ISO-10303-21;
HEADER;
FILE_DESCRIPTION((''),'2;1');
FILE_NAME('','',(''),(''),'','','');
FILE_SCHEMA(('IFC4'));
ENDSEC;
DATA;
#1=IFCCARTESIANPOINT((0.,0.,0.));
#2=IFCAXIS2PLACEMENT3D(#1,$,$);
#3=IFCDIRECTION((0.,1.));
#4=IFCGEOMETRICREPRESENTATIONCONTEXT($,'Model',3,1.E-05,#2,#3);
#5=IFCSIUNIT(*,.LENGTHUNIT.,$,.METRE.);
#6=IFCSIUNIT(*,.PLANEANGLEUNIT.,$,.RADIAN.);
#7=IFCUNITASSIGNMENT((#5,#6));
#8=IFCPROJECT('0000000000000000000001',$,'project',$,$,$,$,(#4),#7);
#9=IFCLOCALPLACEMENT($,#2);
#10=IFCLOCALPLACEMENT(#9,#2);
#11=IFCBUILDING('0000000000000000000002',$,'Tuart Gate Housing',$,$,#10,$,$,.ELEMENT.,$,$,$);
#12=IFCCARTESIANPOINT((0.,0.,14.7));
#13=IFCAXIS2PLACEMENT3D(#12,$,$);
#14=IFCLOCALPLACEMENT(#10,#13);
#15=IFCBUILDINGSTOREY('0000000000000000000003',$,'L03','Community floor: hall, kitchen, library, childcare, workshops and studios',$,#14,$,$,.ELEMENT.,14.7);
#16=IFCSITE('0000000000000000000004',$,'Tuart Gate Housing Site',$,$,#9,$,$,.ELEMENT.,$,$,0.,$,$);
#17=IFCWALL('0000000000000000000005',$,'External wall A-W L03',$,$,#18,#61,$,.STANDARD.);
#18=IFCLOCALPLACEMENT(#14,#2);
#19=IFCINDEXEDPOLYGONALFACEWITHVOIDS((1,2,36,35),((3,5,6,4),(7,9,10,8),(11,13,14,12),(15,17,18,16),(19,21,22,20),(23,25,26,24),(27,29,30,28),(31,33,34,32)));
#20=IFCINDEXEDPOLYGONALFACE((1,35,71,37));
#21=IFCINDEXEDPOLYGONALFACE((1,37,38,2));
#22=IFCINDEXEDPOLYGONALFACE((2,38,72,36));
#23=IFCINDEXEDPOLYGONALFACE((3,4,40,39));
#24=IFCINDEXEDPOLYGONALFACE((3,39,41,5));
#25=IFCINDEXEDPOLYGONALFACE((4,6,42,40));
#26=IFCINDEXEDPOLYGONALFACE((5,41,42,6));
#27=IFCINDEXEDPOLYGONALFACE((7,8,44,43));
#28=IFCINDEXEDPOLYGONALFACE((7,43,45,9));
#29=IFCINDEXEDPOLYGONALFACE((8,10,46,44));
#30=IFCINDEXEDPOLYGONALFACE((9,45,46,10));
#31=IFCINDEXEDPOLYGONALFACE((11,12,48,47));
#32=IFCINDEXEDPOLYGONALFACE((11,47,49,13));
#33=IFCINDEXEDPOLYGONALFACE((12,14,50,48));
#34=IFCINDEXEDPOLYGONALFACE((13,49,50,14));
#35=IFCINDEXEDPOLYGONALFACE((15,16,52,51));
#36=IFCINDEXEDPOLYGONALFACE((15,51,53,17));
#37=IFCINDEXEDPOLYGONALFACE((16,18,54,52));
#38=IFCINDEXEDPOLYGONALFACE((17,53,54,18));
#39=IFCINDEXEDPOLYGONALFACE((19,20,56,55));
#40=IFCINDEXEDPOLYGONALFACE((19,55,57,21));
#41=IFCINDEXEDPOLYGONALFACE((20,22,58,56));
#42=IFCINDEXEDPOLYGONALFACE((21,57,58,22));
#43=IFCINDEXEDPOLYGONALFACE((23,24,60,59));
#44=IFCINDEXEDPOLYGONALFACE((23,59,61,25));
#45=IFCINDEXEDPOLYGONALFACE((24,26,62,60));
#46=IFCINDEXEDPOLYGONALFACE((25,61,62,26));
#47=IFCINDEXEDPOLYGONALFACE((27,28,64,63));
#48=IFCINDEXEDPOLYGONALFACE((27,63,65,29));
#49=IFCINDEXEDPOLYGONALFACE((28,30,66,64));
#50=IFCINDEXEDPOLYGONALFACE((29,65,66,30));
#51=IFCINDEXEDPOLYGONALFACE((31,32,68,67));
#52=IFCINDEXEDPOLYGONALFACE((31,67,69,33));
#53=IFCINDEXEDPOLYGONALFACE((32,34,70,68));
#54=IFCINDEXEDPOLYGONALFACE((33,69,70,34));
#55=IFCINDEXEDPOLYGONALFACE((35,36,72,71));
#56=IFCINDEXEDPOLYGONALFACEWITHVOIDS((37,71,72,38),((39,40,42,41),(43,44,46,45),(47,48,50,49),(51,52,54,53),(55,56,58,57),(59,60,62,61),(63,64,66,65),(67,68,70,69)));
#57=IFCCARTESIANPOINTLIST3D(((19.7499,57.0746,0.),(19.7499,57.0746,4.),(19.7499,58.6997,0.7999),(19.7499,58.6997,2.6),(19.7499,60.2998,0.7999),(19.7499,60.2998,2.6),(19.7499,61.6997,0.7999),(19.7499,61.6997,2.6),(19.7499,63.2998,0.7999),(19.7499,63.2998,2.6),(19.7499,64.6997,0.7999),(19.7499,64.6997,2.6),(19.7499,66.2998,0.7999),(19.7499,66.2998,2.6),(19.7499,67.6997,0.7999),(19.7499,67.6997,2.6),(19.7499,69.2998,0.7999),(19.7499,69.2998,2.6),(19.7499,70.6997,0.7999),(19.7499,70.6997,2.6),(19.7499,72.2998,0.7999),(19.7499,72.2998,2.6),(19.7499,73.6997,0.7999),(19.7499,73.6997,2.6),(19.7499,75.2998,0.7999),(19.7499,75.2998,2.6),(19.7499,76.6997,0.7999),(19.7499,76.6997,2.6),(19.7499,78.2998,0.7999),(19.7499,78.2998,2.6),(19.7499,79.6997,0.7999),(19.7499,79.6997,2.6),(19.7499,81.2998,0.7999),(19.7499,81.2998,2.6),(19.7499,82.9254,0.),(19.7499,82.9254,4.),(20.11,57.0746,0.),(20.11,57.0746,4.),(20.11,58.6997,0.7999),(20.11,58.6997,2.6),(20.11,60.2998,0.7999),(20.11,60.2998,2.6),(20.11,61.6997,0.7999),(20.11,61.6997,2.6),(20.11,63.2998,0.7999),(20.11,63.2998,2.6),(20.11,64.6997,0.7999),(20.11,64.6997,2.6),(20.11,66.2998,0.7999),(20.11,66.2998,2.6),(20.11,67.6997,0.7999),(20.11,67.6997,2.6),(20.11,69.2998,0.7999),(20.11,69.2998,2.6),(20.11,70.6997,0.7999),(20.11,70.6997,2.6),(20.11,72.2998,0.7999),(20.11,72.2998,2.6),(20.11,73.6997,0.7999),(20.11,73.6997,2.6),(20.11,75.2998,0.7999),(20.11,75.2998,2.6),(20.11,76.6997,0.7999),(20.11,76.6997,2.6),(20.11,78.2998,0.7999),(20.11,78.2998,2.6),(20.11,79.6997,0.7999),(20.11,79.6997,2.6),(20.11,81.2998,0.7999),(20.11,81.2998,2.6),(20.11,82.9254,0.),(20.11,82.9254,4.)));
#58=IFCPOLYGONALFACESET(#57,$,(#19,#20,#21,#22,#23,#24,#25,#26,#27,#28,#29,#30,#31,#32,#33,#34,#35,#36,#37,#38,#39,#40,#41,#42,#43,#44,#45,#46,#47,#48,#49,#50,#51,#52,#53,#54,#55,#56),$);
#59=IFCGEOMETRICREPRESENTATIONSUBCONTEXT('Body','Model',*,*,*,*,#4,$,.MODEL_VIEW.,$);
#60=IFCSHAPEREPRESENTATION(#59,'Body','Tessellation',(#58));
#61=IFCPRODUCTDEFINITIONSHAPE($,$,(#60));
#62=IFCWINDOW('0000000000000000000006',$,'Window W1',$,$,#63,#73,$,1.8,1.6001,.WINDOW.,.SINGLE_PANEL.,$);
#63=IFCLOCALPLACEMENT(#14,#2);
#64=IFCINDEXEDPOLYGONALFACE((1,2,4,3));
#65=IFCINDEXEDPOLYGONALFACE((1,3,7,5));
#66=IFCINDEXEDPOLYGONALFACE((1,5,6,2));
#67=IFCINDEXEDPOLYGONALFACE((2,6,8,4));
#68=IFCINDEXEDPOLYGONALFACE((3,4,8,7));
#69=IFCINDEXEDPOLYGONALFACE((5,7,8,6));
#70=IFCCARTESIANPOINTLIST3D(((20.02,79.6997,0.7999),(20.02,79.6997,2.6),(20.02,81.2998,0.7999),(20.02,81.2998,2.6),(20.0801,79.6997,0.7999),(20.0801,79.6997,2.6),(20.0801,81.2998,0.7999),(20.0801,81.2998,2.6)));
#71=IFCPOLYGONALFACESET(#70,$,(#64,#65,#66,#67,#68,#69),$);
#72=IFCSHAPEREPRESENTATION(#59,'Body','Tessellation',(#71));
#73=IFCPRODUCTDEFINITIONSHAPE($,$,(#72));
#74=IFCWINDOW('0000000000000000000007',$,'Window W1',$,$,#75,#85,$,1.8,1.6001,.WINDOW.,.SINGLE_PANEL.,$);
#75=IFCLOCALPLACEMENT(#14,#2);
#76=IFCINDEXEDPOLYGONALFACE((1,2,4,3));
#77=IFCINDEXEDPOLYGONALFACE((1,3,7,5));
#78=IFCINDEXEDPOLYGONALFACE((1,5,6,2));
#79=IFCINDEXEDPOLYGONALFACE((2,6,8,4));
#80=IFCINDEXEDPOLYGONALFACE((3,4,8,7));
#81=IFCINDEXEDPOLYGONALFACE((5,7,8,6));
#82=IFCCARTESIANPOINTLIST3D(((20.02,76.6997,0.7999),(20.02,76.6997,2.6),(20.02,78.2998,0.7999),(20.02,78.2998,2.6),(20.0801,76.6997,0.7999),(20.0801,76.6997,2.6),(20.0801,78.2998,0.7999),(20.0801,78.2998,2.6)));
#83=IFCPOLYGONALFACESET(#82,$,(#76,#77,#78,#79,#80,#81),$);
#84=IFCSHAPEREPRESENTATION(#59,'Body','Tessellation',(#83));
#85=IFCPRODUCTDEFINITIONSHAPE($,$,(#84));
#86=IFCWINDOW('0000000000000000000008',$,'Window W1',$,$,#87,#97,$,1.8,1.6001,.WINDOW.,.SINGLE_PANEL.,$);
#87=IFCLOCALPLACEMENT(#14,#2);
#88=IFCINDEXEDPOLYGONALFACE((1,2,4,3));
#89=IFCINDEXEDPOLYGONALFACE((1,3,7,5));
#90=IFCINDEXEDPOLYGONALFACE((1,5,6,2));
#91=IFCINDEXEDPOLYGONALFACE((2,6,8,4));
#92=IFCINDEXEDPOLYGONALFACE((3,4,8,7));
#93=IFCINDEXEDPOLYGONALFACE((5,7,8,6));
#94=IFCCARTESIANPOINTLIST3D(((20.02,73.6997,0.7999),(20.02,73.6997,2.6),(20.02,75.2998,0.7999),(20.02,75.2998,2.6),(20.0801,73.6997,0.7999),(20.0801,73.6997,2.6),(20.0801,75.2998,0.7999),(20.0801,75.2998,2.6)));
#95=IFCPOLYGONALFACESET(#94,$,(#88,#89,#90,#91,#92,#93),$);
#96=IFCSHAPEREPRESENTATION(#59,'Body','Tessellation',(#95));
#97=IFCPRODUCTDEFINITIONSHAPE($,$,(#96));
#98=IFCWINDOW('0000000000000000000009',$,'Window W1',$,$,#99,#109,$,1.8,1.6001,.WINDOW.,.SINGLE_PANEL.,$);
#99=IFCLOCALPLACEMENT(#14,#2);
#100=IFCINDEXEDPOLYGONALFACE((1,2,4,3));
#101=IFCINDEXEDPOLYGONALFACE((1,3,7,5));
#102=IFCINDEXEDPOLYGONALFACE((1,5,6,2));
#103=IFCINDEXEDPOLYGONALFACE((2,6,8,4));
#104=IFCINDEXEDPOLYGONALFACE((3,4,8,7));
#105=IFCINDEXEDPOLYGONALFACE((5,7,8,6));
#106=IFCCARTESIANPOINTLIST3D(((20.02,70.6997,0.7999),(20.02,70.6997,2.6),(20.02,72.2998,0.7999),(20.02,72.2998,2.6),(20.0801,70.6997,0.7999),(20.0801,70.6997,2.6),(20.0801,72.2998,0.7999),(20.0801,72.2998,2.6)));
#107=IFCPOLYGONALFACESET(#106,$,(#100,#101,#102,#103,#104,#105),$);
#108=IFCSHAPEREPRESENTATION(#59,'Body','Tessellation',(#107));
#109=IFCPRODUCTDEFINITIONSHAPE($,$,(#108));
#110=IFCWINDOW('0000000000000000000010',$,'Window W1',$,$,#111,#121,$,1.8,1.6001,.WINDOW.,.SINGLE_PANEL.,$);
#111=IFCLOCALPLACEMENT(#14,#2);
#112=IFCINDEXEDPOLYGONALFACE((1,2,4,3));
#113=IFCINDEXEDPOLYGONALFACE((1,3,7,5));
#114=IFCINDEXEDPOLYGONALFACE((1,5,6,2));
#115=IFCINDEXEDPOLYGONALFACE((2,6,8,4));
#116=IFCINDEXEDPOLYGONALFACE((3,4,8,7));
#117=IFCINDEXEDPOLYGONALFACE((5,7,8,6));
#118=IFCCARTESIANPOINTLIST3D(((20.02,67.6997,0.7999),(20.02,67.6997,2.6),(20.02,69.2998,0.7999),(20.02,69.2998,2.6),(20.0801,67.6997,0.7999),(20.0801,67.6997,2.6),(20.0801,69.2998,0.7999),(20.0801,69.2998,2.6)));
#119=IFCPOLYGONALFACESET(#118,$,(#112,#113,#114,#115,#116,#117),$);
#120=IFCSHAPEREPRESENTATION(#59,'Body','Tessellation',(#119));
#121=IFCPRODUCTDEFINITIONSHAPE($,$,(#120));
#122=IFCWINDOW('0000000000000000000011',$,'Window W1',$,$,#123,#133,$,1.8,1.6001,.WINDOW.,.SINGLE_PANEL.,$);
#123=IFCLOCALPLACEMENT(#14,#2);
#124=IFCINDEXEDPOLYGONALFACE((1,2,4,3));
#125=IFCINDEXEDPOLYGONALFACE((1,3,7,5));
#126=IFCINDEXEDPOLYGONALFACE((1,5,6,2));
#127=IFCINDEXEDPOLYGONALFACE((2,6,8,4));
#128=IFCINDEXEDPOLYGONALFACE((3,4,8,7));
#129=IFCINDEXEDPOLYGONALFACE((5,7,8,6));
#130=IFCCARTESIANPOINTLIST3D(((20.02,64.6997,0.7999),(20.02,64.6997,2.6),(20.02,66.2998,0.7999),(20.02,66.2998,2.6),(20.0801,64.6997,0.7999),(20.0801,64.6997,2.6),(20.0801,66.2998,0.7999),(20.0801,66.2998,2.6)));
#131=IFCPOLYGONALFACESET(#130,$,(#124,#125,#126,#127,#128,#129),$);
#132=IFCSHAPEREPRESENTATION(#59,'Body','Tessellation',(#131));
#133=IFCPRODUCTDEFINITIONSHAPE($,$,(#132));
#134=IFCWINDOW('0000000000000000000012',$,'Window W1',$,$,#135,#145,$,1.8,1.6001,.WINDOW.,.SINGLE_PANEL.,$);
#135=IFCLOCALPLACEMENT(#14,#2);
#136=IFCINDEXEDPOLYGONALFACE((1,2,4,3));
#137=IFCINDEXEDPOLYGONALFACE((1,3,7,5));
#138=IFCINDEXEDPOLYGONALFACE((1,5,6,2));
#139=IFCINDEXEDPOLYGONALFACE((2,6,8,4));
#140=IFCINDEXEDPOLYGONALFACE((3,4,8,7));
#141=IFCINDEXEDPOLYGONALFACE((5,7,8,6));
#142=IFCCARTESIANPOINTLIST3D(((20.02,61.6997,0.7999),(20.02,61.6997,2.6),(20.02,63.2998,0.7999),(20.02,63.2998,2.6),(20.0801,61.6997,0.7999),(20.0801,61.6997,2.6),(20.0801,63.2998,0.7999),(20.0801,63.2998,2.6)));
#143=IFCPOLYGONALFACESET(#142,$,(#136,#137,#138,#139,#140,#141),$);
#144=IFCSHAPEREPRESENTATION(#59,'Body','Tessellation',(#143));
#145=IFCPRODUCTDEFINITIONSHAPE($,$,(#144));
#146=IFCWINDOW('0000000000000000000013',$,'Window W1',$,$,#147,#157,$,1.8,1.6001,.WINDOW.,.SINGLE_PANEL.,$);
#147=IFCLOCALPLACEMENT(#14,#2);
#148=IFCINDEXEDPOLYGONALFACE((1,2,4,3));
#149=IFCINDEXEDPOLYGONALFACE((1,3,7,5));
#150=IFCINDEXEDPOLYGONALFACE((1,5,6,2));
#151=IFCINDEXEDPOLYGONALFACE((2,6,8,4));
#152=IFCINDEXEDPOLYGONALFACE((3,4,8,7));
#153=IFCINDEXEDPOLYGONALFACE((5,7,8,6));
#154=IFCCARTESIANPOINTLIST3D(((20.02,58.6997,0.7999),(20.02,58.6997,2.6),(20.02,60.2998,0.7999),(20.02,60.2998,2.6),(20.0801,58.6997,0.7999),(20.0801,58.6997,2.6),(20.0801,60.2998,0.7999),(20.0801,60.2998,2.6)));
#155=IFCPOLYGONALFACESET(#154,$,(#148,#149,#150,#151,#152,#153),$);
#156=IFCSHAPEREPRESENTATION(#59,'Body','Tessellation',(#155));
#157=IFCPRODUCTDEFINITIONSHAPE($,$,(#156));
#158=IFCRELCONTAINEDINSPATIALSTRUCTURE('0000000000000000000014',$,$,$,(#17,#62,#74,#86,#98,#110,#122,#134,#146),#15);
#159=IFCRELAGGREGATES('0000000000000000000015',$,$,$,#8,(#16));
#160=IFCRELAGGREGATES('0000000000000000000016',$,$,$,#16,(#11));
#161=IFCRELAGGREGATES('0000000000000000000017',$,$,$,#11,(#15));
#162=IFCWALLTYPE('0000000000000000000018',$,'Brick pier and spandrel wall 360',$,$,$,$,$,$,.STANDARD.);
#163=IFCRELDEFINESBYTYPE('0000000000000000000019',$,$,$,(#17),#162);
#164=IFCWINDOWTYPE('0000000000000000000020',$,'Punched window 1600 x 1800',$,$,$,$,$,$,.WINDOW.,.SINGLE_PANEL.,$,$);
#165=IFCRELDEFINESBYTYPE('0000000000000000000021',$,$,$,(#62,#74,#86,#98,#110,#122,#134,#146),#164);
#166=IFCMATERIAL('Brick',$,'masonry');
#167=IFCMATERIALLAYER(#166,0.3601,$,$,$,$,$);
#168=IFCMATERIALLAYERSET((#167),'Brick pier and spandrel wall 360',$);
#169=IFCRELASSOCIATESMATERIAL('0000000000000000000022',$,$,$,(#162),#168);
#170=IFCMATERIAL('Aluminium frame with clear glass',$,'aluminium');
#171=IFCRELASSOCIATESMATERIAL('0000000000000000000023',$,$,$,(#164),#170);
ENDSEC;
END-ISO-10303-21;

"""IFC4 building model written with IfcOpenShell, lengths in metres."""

from ifc_helpers import new_model, si_unit, direction, frame, frame_2d, origin, place, context, subcontext, project, spatial, rectangle, extrude, material, layer, layer_set, type_object, element, fill, save


model = new_model("IFC4")

# Units and contexts
model_context = context("Model", 3, precision=1e-05, world=origin(), true_north=direction((0.0, 1.0)))
body_context = subcontext(model_context, "Body", "Model", "MODEL_VIEW")
ifc_project = project(units=[si_unit("LENGTHUNIT", "METRE"), si_unit("PLANEANGLEUNIT", "RADIAN")], contexts=[model_context])

# Site, building, storey
site_placement = place(None, origin())
site = spatial("IfcSite", under=ifc_project, at=site_placement, Name="Tuart Gate Housing Site", CompositionType="ELEMENT", RefElevation=0.0)
building_placement = place(site_placement, origin())
building = spatial("IfcBuilding", under=site, at=building_placement, Name="Tuart Gate Housing", CompositionType="ELEMENT")
storey_placement = place(building_placement, frame((0.0, 0.0, 14.7)))
storey = spatial("IfcBuildingStorey", under=building, at=storey_placement, Name="L03", Description="Community floor: hall, kitchen, library, childcare, workshops and studios", CompositionType="ELEMENT", Elevation=14.7)

# Wall, openings, windows
ifc_material_1 = material(Name="Brick", Category="masonry")
ifc_layer_1 = layer(ifc_material_1, 0.3601)
ifc_layer_set_1 = layer_set([ifc_layer_1], Name="Brick pier and spandrel wall 360")
wall_type_1 = type_object("IfcWallType", Name="Brick pier and spandrel wall 360", PredefinedType="STANDARD", material=ifc_layer_set_1)
wall_1_placement = place(storey_placement, frame((19.9299, 82.9253, 0.0), z_axis=(0.0, 0.0, 1.0), x_axis=(0.0, -1.0, 0.0)))
wall_1 = element("IfcWall", 1, at=wall_1_placement, inside=storey, type_object=wall_type_1, Name="External wall A-W L03", PredefinedType="STANDARD", context=body_context, shape_type="SweptSolid", body=[
    extrude(rectangle(XDim=25.8508, YDim=0.3601, at=frame_2d((12.9253, 0.0))), origin(), (0.0, 0.0, 1.0), 4.0),
])
opening_1_placement = place(wall_1_placement, frame((1.6255, 0.0, 0.8)))
opening_1 = element("IfcOpeningElement", 2, at=opening_1_placement, cuts=wall_1, PredefinedType="OPENING", context=body_context, shape_type="SweptSolid", body=[
    extrude(rectangle(XDim=1.6001, YDim=1.8, at=frame_2d((0.8, 0.8999))), frame((0.0, 0.1899, 0.0), z_axis=(0.0, -1.0, 0.0), x_axis=(1.0, 0.0, 0.0)), (0.0, 0.0, 1.0), 0.3801),
])
opening_2_placement = place(wall_1_placement, frame((4.6255, 0.0, 0.8)))
opening_2 = element("IfcOpeningElement", 3, at=opening_2_placement, cuts=wall_1, PredefinedType="OPENING", context=body_context, shape_type="SweptSolid", body=[
    extrude(rectangle(XDim=1.6001, YDim=1.8, at=frame_2d((0.8, 0.8999))), frame((0.0, 0.1899, 0.0), z_axis=(0.0, -1.0, 0.0), x_axis=(1.0, 0.0, 0.0)), (0.0, 0.0, 1.0), 0.3801),
])
opening_3_placement = place(wall_1_placement, frame((7.6255, 0.0, 0.8)))
opening_3 = element("IfcOpeningElement", 4, at=opening_3_placement, cuts=wall_1, PredefinedType="OPENING", context=body_context, shape_type="SweptSolid", body=[
    extrude(rectangle(XDim=1.6001, YDim=1.8, at=frame_2d((0.8, 0.8999))), frame((0.0, 0.1899, 0.0), z_axis=(0.0, -1.0, 0.0), x_axis=(1.0, 0.0, 0.0)), (0.0, 0.0, 1.0), 0.3801),
])
opening_4_placement = place(wall_1_placement, frame((10.6255, 0.0, 0.8)))
opening_4 = element("IfcOpeningElement", 5, at=opening_4_placement, cuts=wall_1, PredefinedType="OPENING", context=body_context, shape_type="SweptSolid", body=[
    extrude(rectangle(XDim=1.6001, YDim=1.8, at=frame_2d((0.8, 0.8999))), frame((0.0, 0.1899, 0.0), z_axis=(0.0, -1.0, 0.0), x_axis=(1.0, 0.0, 0.0)), (0.0, 0.0, 1.0), 0.3801),
])
opening_5_placement = place(wall_1_placement, frame((13.6255, 0.0, 0.8)))
opening_5 = element("IfcOpeningElement", 6, at=opening_5_placement, cuts=wall_1, PredefinedType="OPENING", context=body_context, shape_type="SweptSolid", body=[
    extrude(rectangle(XDim=1.6001, YDim=1.8, at=frame_2d((0.8, 0.8999))), frame((0.0, 0.1899, 0.0), z_axis=(0.0, -1.0, 0.0), x_axis=(1.0, 0.0, 0.0)), (0.0, 0.0, 1.0), 0.3801),
])
opening_6_placement = place(wall_1_placement, frame((16.6255, 0.0, 0.8)))
opening_6 = element("IfcOpeningElement", 7, at=opening_6_placement, cuts=wall_1, PredefinedType="OPENING", context=body_context, shape_type="SweptSolid", body=[
    extrude(rectangle(XDim=1.6001, YDim=1.8, at=frame_2d((0.8, 0.8999))), frame((0.0, 0.1899, 0.0), z_axis=(0.0, -1.0, 0.0), x_axis=(1.0, 0.0, 0.0)), (0.0, 0.0, 1.0), 0.3801),
])
opening_7_placement = place(wall_1_placement, frame((19.6255, 0.0, 0.8)))
opening_7 = element("IfcOpeningElement", 8, at=opening_7_placement, cuts=wall_1, PredefinedType="OPENING", context=body_context, shape_type="SweptSolid", body=[
    extrude(rectangle(XDim=1.6001, YDim=1.8, at=frame_2d((0.8, 0.8999))), frame((0.0, 0.1899, 0.0), z_axis=(0.0, -1.0, 0.0), x_axis=(1.0, 0.0, 0.0)), (0.0, 0.0, 1.0), 0.3801),
])
opening_8_placement = place(wall_1_placement, frame((22.6255, 0.0, 0.8)))
opening_8 = element("IfcOpeningElement", 9, at=opening_8_placement, cuts=wall_1, PredefinedType="OPENING", context=body_context, shape_type="SweptSolid", body=[
    extrude(rectangle(XDim=1.6001, YDim=1.8, at=frame_2d((0.8, 0.8999))), frame((0.0, 0.1899, 0.0), z_axis=(0.0, -1.0, 0.0), x_axis=(1.0, 0.0, 0.0)), (0.0, 0.0, 1.0), 0.3801),
])
ifc_material_2 = material(Name="Aluminium frame with clear glass", Category="aluminium")
window_type = type_object("IfcWindowType", Name="Punched window 1600 x 1800", PartitioningType="SINGLE_PANEL", PredefinedType="WINDOW", material=ifc_material_2)
window_1_placement = place(opening_1_placement, origin())
window_1 = element("IfcWindow", 10, at=window_1_placement, inside=storey, type_object=window_type, Name="Window W1", OverallHeight=1.8, OverallWidth=1.6001, PartitioningType="SINGLE_PANEL", PredefinedType="WINDOW", context=body_context, shape_type="SweptSolid", body=[
    extrude(rectangle(XDim=1.6001, YDim=1.8, at=frame_2d((0.8, 0.8999))), frame((0.0, 0.1501, 0.0), z_axis=(0.0, -1.0, 0.0), x_axis=(1.0, 0.0, 0.0)), (0.0, 0.0, 1.0), 0.0601),
])
fill(opening_1, window_1)
window_2_placement = place(opening_2_placement, origin())
window_2 = element("IfcWindow", 11, at=window_2_placement, inside=storey, type_object=window_type, Name="Window W1", OverallHeight=1.8, OverallWidth=1.6001, PartitioningType="SINGLE_PANEL", PredefinedType="WINDOW", context=body_context, shape_type="SweptSolid", body=[
    extrude(rectangle(XDim=1.6001, YDim=1.8, at=frame_2d((0.8, 0.8999))), frame((0.0, 0.1501, 0.0), z_axis=(0.0, -1.0, 0.0), x_axis=(1.0, 0.0, 0.0)), (0.0, 0.0, 1.0), 0.0601),
])
fill(opening_2, window_2)
window_3_placement = place(opening_3_placement, origin())
window_3 = element("IfcWindow", 12, at=window_3_placement, inside=storey, type_object=window_type, Name="Window W1", OverallHeight=1.8, OverallWidth=1.6001, PartitioningType="SINGLE_PANEL", PredefinedType="WINDOW", context=body_context, shape_type="SweptSolid", body=[
    extrude(rectangle(XDim=1.6001, YDim=1.8, at=frame_2d((0.8, 0.8999))), frame((0.0, 0.1501, 0.0), z_axis=(0.0, -1.0, 0.0), x_axis=(1.0, 0.0, 0.0)), (0.0, 0.0, 1.0), 0.0601),
])
fill(opening_3, window_3)
window_4_placement = place(opening_4_placement, origin())
window_4 = element("IfcWindow", 13, at=window_4_placement, inside=storey, type_object=window_type, Name="Window W1", OverallHeight=1.8, OverallWidth=1.6001, PartitioningType="SINGLE_PANEL", PredefinedType="WINDOW", context=body_context, shape_type="SweptSolid", body=[
    extrude(rectangle(XDim=1.6001, YDim=1.8, at=frame_2d((0.8, 0.8999))), frame((0.0, 0.1501, 0.0), z_axis=(0.0, -1.0, 0.0), x_axis=(1.0, 0.0, 0.0)), (0.0, 0.0, 1.0), 0.0601),
])
fill(opening_4, window_4)
window_5_placement = place(opening_5_placement, origin())
window_5 = element("IfcWindow", 14, at=window_5_placement, inside=storey, type_object=window_type, Name="Window W1", OverallHeight=1.8, OverallWidth=1.6001, PartitioningType="SINGLE_PANEL", PredefinedType="WINDOW", context=body_context, shape_type="SweptSolid", body=[
    extrude(rectangle(XDim=1.6001, YDim=1.8, at=frame_2d((0.8, 0.8999))), frame((0.0, 0.1501, 0.0), z_axis=(0.0, -1.0, 0.0), x_axis=(1.0, 0.0, 0.0)), (0.0, 0.0, 1.0), 0.0601),
])
fill(opening_5, window_5)
window_6_placement = place(opening_6_placement, origin())
window_6 = element("IfcWindow", 15, at=window_6_placement, inside=storey, type_object=window_type, Name="Window W1", OverallHeight=1.8, OverallWidth=1.6001, PartitioningType="SINGLE_PANEL", PredefinedType="WINDOW", context=body_context, shape_type="SweptSolid", body=[
    extrude(rectangle(XDim=1.6001, YDim=1.8, at=frame_2d((0.8, 0.8999))), frame((0.0, 0.1501, 0.0), z_axis=(0.0, -1.0, 0.0), x_axis=(1.0, 0.0, 0.0)), (0.0, 0.0, 1.0), 0.0601),
])
fill(opening_6, window_6)
window_7_placement = place(opening_7_placement, origin())
window_7 = element("IfcWindow", 16, at=window_7_placement, inside=storey, type_object=window_type, Name="Window W1", OverallHeight=1.8, OverallWidth=1.6001, PartitioningType="SINGLE_PANEL", PredefinedType="WINDOW", context=body_context, shape_type="SweptSolid", body=[
    extrude(rectangle(XDim=1.6001, YDim=1.8, at=frame_2d((0.8, 0.8999))), frame((0.0, 0.1501, 0.0), z_axis=(0.0, -1.0, 0.0), x_axis=(1.0, 0.0, 0.0)), (0.0, 0.0, 1.0), 0.0601),
])
fill(opening_7, window_7)
window_8_placement = place(opening_8_placement, origin())
window_8 = element("IfcWindow", 17, at=window_8_placement, inside=storey, type_object=window_type, Name="Window W1", OverallHeight=1.8, OverallWidth=1.6001, PartitioningType="SINGLE_PANEL", PredefinedType="WINDOW", context=body_context, shape_type="SweptSolid", body=[
    extrude(rectangle(XDim=1.6001, YDim=1.8, at=frame_2d((0.8, 0.8999))), frame((0.0, 0.1501, 0.0), z_axis=(0.0, -1.0, 0.0), x_axis=(1.0, 0.0, 0.0)), (0.0, 0.0, 1.0), 0.0601),
])
fill(opening_8, window_8)

save(model, "model.ifc")
